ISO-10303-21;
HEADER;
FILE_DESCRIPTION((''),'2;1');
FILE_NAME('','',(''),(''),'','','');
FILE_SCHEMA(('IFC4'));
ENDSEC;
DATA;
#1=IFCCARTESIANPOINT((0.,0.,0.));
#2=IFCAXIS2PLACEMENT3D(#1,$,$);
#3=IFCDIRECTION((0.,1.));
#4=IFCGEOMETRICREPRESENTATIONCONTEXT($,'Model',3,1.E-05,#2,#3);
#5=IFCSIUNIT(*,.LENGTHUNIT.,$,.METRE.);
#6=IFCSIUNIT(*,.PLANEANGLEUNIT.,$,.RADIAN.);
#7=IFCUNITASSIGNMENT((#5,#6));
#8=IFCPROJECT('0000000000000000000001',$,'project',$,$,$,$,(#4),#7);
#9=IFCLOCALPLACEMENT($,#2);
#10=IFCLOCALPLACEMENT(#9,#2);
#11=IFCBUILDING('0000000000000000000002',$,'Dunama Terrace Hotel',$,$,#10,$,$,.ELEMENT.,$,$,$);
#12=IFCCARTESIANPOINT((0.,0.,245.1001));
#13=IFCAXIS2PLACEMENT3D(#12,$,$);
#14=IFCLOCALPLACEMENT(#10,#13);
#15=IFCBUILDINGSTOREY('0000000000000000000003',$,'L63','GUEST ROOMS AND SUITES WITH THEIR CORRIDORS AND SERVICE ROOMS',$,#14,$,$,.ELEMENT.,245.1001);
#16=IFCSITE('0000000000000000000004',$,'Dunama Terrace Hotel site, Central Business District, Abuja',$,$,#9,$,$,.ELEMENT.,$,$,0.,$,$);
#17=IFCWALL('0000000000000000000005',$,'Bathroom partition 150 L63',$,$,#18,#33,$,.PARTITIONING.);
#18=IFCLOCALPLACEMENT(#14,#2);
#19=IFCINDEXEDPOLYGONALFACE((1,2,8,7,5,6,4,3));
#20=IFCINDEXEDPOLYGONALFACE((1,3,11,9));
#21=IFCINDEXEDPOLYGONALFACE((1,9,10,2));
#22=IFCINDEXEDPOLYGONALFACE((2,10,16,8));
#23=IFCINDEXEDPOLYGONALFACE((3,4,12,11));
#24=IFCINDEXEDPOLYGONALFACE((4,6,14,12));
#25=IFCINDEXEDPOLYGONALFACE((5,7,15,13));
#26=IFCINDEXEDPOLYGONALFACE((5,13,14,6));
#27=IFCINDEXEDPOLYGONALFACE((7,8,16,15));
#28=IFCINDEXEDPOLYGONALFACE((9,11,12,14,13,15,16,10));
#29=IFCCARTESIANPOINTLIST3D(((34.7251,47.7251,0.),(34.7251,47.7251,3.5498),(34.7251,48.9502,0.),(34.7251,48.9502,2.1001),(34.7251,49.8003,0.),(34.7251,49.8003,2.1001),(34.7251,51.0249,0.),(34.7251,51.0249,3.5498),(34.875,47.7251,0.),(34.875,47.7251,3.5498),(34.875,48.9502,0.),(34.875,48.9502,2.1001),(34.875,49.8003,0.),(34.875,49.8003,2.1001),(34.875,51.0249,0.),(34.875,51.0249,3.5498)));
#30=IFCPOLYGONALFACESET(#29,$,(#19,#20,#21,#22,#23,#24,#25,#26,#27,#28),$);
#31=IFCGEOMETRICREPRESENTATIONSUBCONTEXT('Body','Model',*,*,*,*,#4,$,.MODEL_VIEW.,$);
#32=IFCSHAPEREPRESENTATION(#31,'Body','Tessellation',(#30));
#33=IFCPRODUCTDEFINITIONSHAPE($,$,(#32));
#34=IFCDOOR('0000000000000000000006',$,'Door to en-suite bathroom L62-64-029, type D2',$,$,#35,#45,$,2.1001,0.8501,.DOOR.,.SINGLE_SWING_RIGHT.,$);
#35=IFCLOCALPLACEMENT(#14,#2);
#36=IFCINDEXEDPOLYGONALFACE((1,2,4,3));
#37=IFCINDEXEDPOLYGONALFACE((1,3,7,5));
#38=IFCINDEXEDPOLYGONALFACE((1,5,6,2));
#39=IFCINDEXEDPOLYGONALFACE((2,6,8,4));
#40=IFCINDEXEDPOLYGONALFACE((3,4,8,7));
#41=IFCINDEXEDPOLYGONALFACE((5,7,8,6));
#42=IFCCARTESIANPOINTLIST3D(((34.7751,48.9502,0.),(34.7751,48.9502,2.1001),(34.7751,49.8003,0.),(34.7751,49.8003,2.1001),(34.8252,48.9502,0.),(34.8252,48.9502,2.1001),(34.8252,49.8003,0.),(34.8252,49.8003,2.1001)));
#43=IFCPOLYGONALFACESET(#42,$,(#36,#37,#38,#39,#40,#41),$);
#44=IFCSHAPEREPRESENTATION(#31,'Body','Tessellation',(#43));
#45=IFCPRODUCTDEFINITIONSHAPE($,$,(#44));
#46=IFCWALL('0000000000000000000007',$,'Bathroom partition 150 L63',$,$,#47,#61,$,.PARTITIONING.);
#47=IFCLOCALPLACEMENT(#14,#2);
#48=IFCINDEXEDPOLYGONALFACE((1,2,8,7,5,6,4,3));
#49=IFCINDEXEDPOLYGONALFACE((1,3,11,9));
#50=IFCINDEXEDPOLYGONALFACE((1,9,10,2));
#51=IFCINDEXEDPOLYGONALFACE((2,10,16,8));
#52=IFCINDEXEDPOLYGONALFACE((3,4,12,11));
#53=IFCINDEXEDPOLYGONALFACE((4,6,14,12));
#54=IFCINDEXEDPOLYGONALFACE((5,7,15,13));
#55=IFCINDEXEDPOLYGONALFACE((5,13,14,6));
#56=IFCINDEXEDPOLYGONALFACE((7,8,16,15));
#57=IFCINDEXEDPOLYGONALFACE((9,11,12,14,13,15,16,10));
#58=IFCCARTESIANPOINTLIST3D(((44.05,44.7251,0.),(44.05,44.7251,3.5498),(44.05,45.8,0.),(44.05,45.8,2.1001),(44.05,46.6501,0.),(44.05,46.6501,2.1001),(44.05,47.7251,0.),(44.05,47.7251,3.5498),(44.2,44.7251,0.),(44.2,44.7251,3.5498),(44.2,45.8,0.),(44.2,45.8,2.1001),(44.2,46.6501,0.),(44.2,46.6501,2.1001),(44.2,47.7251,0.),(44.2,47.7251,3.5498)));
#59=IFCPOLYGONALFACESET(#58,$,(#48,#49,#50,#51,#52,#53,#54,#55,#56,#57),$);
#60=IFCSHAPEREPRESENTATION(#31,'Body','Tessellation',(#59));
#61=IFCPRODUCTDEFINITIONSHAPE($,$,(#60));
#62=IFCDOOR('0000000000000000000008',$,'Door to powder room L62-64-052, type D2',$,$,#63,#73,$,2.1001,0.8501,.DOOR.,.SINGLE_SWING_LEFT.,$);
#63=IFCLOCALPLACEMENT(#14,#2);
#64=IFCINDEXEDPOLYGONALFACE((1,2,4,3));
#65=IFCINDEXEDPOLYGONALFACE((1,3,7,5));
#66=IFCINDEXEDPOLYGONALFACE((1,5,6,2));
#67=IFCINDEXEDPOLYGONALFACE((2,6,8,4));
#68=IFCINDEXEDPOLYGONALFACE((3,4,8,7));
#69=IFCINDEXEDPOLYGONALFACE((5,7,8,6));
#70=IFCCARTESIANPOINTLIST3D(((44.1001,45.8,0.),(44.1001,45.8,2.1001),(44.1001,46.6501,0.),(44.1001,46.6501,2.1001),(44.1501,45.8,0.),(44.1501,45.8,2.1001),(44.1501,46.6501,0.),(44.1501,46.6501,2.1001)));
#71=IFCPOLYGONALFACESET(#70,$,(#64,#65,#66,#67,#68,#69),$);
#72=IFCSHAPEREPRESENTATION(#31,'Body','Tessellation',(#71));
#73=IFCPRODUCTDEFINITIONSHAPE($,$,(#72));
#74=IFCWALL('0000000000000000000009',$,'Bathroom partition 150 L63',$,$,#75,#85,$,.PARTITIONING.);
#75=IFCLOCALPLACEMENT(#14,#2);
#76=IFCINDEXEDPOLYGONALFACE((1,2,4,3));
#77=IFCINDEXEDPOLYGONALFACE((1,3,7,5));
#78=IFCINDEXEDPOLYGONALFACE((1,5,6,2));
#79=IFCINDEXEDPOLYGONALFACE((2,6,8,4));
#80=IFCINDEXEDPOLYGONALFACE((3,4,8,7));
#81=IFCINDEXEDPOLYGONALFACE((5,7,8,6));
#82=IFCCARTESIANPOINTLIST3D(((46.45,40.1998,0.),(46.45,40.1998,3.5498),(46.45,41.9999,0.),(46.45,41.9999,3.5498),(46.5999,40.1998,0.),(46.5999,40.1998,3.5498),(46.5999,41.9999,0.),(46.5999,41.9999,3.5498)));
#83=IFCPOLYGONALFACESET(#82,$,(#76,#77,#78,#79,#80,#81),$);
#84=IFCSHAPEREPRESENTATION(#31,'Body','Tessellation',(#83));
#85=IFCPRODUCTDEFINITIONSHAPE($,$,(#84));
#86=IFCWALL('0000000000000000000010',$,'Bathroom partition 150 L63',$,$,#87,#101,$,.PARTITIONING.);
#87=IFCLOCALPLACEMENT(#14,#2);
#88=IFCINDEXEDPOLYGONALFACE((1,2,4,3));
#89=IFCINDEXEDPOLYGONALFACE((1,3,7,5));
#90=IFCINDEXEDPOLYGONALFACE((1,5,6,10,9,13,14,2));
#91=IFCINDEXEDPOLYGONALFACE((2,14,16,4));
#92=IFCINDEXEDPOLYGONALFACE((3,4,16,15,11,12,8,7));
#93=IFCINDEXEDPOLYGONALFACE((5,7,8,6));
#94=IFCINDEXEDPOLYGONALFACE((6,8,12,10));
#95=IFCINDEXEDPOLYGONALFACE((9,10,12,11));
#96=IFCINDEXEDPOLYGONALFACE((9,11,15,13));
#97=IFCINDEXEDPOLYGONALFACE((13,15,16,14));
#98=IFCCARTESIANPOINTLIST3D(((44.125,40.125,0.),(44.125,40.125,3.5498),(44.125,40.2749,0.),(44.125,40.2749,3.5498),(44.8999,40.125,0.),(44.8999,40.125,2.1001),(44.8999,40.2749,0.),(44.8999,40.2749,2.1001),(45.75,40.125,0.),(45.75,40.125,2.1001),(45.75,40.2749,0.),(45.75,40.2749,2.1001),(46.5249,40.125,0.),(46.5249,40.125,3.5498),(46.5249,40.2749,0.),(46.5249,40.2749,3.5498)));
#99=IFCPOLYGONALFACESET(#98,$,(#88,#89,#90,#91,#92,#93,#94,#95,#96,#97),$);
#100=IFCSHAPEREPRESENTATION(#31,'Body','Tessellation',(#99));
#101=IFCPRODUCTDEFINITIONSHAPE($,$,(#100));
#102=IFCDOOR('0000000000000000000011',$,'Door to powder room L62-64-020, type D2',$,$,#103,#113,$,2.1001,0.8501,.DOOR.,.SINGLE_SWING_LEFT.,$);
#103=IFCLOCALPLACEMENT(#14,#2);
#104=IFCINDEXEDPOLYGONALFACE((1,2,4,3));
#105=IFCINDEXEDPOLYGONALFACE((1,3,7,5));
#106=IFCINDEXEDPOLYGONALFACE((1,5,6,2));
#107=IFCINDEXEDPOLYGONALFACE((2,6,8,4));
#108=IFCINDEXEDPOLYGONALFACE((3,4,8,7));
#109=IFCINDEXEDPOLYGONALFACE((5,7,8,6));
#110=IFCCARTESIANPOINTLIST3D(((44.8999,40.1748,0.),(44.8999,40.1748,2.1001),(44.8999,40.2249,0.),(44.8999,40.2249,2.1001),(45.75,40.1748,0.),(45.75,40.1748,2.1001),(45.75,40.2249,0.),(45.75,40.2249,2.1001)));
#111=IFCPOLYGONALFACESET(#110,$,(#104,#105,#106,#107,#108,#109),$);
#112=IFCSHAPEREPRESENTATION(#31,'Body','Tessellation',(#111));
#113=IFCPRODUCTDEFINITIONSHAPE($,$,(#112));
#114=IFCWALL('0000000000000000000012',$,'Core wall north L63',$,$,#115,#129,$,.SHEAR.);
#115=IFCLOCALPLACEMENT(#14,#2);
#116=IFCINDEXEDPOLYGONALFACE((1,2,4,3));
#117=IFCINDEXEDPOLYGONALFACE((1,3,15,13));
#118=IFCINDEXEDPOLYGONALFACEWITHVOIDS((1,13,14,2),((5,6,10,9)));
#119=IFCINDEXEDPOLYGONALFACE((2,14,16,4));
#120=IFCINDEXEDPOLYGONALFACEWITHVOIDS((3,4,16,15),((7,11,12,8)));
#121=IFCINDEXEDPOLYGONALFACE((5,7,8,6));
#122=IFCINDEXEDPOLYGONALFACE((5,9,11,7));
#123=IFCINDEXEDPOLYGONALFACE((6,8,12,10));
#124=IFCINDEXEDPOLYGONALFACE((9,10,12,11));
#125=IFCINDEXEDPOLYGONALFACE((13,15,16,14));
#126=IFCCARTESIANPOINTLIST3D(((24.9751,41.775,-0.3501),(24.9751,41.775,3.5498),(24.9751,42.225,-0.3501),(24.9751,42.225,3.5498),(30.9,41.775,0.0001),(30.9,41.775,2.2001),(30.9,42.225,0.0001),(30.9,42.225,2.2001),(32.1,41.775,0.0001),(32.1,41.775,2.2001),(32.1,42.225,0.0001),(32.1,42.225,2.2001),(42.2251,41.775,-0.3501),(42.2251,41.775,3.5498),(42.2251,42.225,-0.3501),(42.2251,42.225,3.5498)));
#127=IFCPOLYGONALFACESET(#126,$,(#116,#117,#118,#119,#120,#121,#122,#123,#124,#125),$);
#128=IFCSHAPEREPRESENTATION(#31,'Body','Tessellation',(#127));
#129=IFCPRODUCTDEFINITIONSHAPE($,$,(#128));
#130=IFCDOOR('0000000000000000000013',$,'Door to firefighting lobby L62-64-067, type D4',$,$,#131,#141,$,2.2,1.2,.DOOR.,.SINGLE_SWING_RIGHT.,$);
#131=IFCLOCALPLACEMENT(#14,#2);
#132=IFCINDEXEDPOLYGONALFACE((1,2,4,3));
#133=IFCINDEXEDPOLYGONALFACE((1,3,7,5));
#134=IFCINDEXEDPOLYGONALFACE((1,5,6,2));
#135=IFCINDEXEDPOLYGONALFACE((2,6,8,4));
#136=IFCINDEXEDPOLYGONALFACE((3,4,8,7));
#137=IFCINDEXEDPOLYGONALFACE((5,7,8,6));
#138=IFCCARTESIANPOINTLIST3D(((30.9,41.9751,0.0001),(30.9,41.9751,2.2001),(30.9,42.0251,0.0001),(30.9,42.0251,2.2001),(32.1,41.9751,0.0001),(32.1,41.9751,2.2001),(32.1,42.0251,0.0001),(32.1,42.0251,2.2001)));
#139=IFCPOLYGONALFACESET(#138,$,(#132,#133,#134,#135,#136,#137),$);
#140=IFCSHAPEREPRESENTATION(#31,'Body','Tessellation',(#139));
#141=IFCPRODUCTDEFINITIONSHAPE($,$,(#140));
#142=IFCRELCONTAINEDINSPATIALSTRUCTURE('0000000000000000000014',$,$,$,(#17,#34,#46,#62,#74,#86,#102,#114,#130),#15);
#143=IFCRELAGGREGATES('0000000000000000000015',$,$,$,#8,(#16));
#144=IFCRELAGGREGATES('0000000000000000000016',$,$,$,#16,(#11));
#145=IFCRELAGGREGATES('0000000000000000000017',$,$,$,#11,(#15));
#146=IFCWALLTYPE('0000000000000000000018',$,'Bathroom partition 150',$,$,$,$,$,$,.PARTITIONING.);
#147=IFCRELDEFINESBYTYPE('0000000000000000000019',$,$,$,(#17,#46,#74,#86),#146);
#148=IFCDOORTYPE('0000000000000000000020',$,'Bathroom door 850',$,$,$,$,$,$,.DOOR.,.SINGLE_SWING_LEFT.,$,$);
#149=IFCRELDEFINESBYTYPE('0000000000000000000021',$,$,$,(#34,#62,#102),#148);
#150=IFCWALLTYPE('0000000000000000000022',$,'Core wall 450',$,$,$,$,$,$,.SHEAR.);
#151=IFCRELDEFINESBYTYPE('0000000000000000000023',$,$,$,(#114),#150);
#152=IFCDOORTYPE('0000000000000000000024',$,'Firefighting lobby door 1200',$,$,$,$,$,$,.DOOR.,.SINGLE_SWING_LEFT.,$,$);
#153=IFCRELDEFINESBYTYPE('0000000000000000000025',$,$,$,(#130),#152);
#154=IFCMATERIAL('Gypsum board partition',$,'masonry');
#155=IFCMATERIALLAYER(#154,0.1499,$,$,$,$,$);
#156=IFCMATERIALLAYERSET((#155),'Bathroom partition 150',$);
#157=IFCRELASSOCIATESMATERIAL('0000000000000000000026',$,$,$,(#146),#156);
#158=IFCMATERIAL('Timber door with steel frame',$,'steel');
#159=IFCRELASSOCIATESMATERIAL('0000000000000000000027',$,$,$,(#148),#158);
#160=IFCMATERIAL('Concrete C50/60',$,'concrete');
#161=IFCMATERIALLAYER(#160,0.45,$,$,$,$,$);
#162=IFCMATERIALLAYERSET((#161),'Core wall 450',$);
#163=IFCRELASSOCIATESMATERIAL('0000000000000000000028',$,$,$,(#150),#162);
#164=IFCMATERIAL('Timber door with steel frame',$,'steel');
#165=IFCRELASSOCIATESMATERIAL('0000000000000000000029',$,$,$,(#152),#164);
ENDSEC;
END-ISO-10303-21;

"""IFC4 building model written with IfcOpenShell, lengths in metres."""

from ifc_helpers import new_model, si_unit, direction, frame, frame_2d, origin, place, context, subcontext, project, spatial, rectangle, extrude, material, layer, layer_set, type_object, element, fill, save


model = new_model("IFC4")

# Units and contexts
model_context = context("Model", 3, precision=1e-05, world=origin(), true_north=direction((0.0, 1.0)))
body_context = subcontext(model_context, "Body", "Model", "MODEL_VIEW")
ifc_project = project(units=[si_unit("LENGTHUNIT", "METRE"), si_unit("PLANEANGLEUNIT", "RADIAN")], contexts=[model_context])

# Site, building, storey
site_placement = place(None, origin())
site = spatial("IfcSite", under=ifc_project, at=site_placement, Name="Dunama Terrace Hotel site, Central Business District, Abuja", CompositionType="ELEMENT", RefElevation=0.0)
building_placement = place(site_placement, origin())
building = spatial("IfcBuilding", under=site, at=building_placement, Name="Dunama Terrace Hotel", CompositionType="ELEMENT")
storey_placement = place(building_placement, frame((0.0, 0.0, 245.1001)))
storey = spatial("IfcBuildingStorey", under=building, at=storey_placement, Name="L63", Description="GUEST ROOMS AND SUITES WITH THEIR CORRIDORS AND SERVICE ROOMS", CompositionType="ELEMENT", Elevation=245.1001)

# Walls, openings, doors
ifc_material_1 = material(Name="Gypsum board partition", Category="masonry")
ifc_layer_1 = layer(ifc_material_1, 0.1499)
ifc_layer_set_1 = layer_set([ifc_layer_1], Name="Bathroom partition 150")
wall_type_1 = type_object("IfcWallType", Name="Bathroom partition 150", PredefinedType="PARTITIONING", material=ifc_layer_set_1)
wall_1_placement = place(storey_placement, frame((34.8, 47.7251, 0.0), z_axis=(0.0, 0.0, 1.0), x_axis=(0.0, 1.0, 0.0)))
wall_1 = element("IfcWall", 1, at=wall_1_placement, inside=storey, type_object=wall_type_1, Name="Bathroom partition 150 L63", PredefinedType="PARTITIONING", context=body_context, shape_type="SweptSolid", body=[
    extrude(rectangle(XDim=3.2998, YDim=0.1499, at=frame_2d((1.6499, 0.0))), origin(), (0.0, 0.0, 1.0), 3.5498),
])
opening_1_placement = place(wall_1_placement, frame((1.2251, 0.0, 0.0)))
opening_1 = element("IfcOpeningElement", 2, at=opening_1_placement, cuts=wall_1, PredefinedType="OPENING", context=body_context, shape_type="SweptSolid", body=[
    extrude(rectangle(XDim=0.8501, YDim=2.1001, at=frame_2d((0.425, 1.05))), frame((0.0, 0.085, 0.0), z_axis=(0.0, -1.0, 0.0), x_axis=(1.0, 0.0, 0.0)), (0.0, 0.0, 1.0), 0.1699),
])
ifc_material_2 = material(Name="Timber door with steel frame", Category="steel")
door_type_1 = type_object("IfcDoorType", Name="Bathroom door 850", OperationType="SINGLE_SWING_LEFT", PredefinedType="DOOR", material=ifc_material_2)
door_1_placement = place(opening_1_placement, frame((0.8501, 0.0, 0.0), z_axis=(0.0, 0.0, 1.0), x_axis=(-1.0, 0.0, 0.0)))
door_1 = element("IfcDoor", 3, at=door_1_placement, inside=storey, type_object=door_type_1, Name="Door to en-suite bathroom L62-64-029, type D2", OperationType="SINGLE_SWING_RIGHT", OverallHeight=2.1001, OverallWidth=0.8501, PredefinedType="DOOR", context=body_context, shape_type="SweptSolid", body=[
    extrude(rectangle(XDim=0.8501, YDim=2.1001, at=frame_2d((0.425, 1.05))), frame((0.0, 0.0251, 0.0), z_axis=(0.0, -1.0, 0.0), x_axis=(1.0, 0.0, 0.0)), (0.0, 0.0, 1.0), 0.05),
])
fill(opening_1, door_1)
wall_2_placement = place(storey_placement, frame((44.125, 44.7251, 0.0), z_axis=(0.0, 0.0, 1.0), x_axis=(0.0, 1.0, 0.0)))
wall_2 = element("IfcWall", 4, at=wall_2_placement, inside=storey, type_object=wall_type_1, Name="Bathroom partition 150 L63", PredefinedType="PARTITIONING", context=body_context, shape_type="SweptSolid", body=[
    extrude(rectangle(XDim=3.0, YDim=0.1499, at=frame_2d((1.5, 0.0))), origin(), (0.0, 0.0, 1.0), 3.5498),
])
opening_2_placement = place(wall_2_placement, frame((1.075, 0.0, 0.0)))
opening_2 = element("IfcOpeningElement", 5, at=opening_2_placement, cuts=wall_2, PredefinedType="OPENING", context=body_context, shape_type="SweptSolid", body=[
    extrude(rectangle(XDim=0.8501, YDim=2.1001, at=frame_2d((0.425, 1.05))), frame((0.0, 0.085, 0.0), z_axis=(0.0, -1.0, 0.0), x_axis=(1.0, 0.0, 0.0)), (0.0, 0.0, 1.0), 0.1699),
])
door_2_placement = place(opening_2_placement, origin())
door_2 = element("IfcDoor", 6, at=door_2_placement, inside=storey, type_object=door_type_1, Name="Door to powder room L62-64-052, type D2", OperationType="SINGLE_SWING_LEFT", OverallHeight=2.1001, OverallWidth=0.8501, PredefinedType="DOOR", context=body_context, shape_type="SweptSolid", body=[
    extrude(rectangle(XDim=0.8501, YDim=2.1001, at=frame_2d((0.425, 1.05))), frame((0.0, 0.0249, 0.0), z_axis=(0.0, -1.0, 0.0), x_axis=(1.0, 0.0, 0.0)), (0.0, 0.0, 1.0), 0.05),
])
fill(opening_2, door_2)

# Wall
wall_3_placement = place(storey_placement, frame((46.5249, 40.2, 0.0), z_axis=(0.0, 0.0, 1.0), x_axis=(0.0, 1.0, 0.0)))
element("IfcWall", 7, at=wall_3_placement, inside=storey, type_object=wall_type_1, Name="Bathroom partition 150 L63", PredefinedType="PARTITIONING", context=body_context, shape_type="SweptSolid", body=[
    extrude(rectangle(XDim=1.8, YDim=0.1499, at=frame_2d((0.8999, 0.0))), origin(), (0.0, 0.0, 1.0), 3.5498),
])

# Walls, openings, doors
wall_4_placement = place(storey_placement, frame((44.125, 40.2, 0.0), z_axis=(0.0, 0.0, 1.0), x_axis=(1.0, 0.0, 0.0)))
wall_4 = element("IfcWall", 8, at=wall_4_placement, inside=storey, type_object=wall_type_1, Name="Bathroom partition 150 L63", PredefinedType="PARTITIONING", context=body_context, shape_type="SweptSolid", body=[
    extrude(rectangle(XDim=2.3999, YDim=0.1499, at=frame_2d((1.2, 0.0))), origin(), (0.0, 0.0, 1.0), 3.5498),
])
opening_3_placement = place(wall_4_placement, frame((0.7749, 0.0, 0.0)))
opening_3 = element("IfcOpeningElement", 9, at=opening_3_placement, cuts=wall_4, PredefinedType="OPENING", context=body_context, shape_type="SweptSolid", body=[
    extrude(rectangle(XDim=0.8501, YDim=2.1001, at=frame_2d((0.425, 1.05))), frame((0.0, 0.085, 0.0), z_axis=(0.0, -1.0, 0.0), x_axis=(1.0, 0.0, 0.0)), (0.0, 0.0, 1.0), 0.1699),
])
door_3_placement = place(opening_3_placement, origin())
door_3 = element("IfcDoor", 10, at=door_3_placement, inside=storey, type_object=door_type_1, Name="Door to powder room L62-64-020, type D2", OperationType="SINGLE_SWING_LEFT", OverallHeight=2.1001, OverallWidth=0.8501, PredefinedType="DOOR", context=body_context, shape_type="SweptSolid", body=[
    extrude(rectangle(XDim=0.8501, YDim=2.1001, at=frame_2d((0.425, 1.05))), frame((0.0, 0.0249, 0.0), z_axis=(0.0, -1.0, 0.0), x_axis=(1.0, 0.0, 0.0)), (0.0, 0.0, 1.0), 0.05),
])
fill(opening_3, door_3)
ifc_material_3 = material(Name="Concrete C50/60", Category="concrete")
ifc_layer_2 = layer(ifc_material_3, 0.45)
ifc_layer_set_2 = layer_set([ifc_layer_2], Name="Core wall 450")
wall_type_2 = type_object("IfcWallType", Name="Core wall 450", PredefinedType="SHEAR", material=ifc_layer_set_2)
wall_5_placement = place(storey_placement, frame((42.2251, 42.0, -0.3501), z_axis=(0.0, 0.0, 1.0), x_axis=(-1.0, 0.0, 0.0)))
wall_5 = element("IfcWall", 11, at=wall_5_placement, inside=storey, type_object=wall_type_2, Name="Core wall north L63", PredefinedType="SHEAR", context=body_context, shape_type="SweptSolid", body=[
    extrude(rectangle(XDim=17.25, YDim=0.45, at=frame_2d((8.625, 0.0))), origin(), (0.0, 0.0, 1.0), 3.8999),
])
opening_4_placement = place(wall_5_placement, frame((10.125, 0.0, 0.3501)))
opening_4 = element("IfcOpeningElement", 12, at=opening_4_placement, cuts=wall_5, PredefinedType="OPENING", context=body_context, shape_type="SweptSolid", body=[
    extrude(rectangle(XDim=1.2, YDim=2.2, at=frame_2d((0.6001, 1.1001))), frame((0.0, 0.2349, 0.0), z_axis=(0.0, -1.0, 0.0), x_axis=(1.0, 0.0, 0.0)), (0.0, 0.0, 1.0), 0.47),
])
ifc_material_4 = material(Name="Timber door with steel frame", Category="steel")
door_type_2 = type_object("IfcDoorType", Name="Firefighting lobby door 1200", OperationType="SINGLE_SWING_LEFT", PredefinedType="DOOR", material=ifc_material_4)
door_4_placement = place(opening_4_placement, origin())
door_4 = element("IfcDoor", 13, at=door_4_placement, inside=storey, type_object=door_type_2, Name="Door to firefighting lobby L62-64-067, type D4", OperationType="SINGLE_SWING_RIGHT", OverallHeight=2.2, OverallWidth=1.2, PredefinedType="DOOR", context=body_context, shape_type="SweptSolid", body=[
    extrude(rectangle(XDim=1.2, YDim=2.2, at=frame_2d((0.6001, 1.1001))), frame((0.0, 0.0249, 0.0), z_axis=(0.0, -1.0, 0.0), x_axis=(1.0, 0.0, 0.0)), (0.0, 0.0, 1.0), 0.05),
])
fill(opening_4, door_4)

save(model, "model.ifc")
